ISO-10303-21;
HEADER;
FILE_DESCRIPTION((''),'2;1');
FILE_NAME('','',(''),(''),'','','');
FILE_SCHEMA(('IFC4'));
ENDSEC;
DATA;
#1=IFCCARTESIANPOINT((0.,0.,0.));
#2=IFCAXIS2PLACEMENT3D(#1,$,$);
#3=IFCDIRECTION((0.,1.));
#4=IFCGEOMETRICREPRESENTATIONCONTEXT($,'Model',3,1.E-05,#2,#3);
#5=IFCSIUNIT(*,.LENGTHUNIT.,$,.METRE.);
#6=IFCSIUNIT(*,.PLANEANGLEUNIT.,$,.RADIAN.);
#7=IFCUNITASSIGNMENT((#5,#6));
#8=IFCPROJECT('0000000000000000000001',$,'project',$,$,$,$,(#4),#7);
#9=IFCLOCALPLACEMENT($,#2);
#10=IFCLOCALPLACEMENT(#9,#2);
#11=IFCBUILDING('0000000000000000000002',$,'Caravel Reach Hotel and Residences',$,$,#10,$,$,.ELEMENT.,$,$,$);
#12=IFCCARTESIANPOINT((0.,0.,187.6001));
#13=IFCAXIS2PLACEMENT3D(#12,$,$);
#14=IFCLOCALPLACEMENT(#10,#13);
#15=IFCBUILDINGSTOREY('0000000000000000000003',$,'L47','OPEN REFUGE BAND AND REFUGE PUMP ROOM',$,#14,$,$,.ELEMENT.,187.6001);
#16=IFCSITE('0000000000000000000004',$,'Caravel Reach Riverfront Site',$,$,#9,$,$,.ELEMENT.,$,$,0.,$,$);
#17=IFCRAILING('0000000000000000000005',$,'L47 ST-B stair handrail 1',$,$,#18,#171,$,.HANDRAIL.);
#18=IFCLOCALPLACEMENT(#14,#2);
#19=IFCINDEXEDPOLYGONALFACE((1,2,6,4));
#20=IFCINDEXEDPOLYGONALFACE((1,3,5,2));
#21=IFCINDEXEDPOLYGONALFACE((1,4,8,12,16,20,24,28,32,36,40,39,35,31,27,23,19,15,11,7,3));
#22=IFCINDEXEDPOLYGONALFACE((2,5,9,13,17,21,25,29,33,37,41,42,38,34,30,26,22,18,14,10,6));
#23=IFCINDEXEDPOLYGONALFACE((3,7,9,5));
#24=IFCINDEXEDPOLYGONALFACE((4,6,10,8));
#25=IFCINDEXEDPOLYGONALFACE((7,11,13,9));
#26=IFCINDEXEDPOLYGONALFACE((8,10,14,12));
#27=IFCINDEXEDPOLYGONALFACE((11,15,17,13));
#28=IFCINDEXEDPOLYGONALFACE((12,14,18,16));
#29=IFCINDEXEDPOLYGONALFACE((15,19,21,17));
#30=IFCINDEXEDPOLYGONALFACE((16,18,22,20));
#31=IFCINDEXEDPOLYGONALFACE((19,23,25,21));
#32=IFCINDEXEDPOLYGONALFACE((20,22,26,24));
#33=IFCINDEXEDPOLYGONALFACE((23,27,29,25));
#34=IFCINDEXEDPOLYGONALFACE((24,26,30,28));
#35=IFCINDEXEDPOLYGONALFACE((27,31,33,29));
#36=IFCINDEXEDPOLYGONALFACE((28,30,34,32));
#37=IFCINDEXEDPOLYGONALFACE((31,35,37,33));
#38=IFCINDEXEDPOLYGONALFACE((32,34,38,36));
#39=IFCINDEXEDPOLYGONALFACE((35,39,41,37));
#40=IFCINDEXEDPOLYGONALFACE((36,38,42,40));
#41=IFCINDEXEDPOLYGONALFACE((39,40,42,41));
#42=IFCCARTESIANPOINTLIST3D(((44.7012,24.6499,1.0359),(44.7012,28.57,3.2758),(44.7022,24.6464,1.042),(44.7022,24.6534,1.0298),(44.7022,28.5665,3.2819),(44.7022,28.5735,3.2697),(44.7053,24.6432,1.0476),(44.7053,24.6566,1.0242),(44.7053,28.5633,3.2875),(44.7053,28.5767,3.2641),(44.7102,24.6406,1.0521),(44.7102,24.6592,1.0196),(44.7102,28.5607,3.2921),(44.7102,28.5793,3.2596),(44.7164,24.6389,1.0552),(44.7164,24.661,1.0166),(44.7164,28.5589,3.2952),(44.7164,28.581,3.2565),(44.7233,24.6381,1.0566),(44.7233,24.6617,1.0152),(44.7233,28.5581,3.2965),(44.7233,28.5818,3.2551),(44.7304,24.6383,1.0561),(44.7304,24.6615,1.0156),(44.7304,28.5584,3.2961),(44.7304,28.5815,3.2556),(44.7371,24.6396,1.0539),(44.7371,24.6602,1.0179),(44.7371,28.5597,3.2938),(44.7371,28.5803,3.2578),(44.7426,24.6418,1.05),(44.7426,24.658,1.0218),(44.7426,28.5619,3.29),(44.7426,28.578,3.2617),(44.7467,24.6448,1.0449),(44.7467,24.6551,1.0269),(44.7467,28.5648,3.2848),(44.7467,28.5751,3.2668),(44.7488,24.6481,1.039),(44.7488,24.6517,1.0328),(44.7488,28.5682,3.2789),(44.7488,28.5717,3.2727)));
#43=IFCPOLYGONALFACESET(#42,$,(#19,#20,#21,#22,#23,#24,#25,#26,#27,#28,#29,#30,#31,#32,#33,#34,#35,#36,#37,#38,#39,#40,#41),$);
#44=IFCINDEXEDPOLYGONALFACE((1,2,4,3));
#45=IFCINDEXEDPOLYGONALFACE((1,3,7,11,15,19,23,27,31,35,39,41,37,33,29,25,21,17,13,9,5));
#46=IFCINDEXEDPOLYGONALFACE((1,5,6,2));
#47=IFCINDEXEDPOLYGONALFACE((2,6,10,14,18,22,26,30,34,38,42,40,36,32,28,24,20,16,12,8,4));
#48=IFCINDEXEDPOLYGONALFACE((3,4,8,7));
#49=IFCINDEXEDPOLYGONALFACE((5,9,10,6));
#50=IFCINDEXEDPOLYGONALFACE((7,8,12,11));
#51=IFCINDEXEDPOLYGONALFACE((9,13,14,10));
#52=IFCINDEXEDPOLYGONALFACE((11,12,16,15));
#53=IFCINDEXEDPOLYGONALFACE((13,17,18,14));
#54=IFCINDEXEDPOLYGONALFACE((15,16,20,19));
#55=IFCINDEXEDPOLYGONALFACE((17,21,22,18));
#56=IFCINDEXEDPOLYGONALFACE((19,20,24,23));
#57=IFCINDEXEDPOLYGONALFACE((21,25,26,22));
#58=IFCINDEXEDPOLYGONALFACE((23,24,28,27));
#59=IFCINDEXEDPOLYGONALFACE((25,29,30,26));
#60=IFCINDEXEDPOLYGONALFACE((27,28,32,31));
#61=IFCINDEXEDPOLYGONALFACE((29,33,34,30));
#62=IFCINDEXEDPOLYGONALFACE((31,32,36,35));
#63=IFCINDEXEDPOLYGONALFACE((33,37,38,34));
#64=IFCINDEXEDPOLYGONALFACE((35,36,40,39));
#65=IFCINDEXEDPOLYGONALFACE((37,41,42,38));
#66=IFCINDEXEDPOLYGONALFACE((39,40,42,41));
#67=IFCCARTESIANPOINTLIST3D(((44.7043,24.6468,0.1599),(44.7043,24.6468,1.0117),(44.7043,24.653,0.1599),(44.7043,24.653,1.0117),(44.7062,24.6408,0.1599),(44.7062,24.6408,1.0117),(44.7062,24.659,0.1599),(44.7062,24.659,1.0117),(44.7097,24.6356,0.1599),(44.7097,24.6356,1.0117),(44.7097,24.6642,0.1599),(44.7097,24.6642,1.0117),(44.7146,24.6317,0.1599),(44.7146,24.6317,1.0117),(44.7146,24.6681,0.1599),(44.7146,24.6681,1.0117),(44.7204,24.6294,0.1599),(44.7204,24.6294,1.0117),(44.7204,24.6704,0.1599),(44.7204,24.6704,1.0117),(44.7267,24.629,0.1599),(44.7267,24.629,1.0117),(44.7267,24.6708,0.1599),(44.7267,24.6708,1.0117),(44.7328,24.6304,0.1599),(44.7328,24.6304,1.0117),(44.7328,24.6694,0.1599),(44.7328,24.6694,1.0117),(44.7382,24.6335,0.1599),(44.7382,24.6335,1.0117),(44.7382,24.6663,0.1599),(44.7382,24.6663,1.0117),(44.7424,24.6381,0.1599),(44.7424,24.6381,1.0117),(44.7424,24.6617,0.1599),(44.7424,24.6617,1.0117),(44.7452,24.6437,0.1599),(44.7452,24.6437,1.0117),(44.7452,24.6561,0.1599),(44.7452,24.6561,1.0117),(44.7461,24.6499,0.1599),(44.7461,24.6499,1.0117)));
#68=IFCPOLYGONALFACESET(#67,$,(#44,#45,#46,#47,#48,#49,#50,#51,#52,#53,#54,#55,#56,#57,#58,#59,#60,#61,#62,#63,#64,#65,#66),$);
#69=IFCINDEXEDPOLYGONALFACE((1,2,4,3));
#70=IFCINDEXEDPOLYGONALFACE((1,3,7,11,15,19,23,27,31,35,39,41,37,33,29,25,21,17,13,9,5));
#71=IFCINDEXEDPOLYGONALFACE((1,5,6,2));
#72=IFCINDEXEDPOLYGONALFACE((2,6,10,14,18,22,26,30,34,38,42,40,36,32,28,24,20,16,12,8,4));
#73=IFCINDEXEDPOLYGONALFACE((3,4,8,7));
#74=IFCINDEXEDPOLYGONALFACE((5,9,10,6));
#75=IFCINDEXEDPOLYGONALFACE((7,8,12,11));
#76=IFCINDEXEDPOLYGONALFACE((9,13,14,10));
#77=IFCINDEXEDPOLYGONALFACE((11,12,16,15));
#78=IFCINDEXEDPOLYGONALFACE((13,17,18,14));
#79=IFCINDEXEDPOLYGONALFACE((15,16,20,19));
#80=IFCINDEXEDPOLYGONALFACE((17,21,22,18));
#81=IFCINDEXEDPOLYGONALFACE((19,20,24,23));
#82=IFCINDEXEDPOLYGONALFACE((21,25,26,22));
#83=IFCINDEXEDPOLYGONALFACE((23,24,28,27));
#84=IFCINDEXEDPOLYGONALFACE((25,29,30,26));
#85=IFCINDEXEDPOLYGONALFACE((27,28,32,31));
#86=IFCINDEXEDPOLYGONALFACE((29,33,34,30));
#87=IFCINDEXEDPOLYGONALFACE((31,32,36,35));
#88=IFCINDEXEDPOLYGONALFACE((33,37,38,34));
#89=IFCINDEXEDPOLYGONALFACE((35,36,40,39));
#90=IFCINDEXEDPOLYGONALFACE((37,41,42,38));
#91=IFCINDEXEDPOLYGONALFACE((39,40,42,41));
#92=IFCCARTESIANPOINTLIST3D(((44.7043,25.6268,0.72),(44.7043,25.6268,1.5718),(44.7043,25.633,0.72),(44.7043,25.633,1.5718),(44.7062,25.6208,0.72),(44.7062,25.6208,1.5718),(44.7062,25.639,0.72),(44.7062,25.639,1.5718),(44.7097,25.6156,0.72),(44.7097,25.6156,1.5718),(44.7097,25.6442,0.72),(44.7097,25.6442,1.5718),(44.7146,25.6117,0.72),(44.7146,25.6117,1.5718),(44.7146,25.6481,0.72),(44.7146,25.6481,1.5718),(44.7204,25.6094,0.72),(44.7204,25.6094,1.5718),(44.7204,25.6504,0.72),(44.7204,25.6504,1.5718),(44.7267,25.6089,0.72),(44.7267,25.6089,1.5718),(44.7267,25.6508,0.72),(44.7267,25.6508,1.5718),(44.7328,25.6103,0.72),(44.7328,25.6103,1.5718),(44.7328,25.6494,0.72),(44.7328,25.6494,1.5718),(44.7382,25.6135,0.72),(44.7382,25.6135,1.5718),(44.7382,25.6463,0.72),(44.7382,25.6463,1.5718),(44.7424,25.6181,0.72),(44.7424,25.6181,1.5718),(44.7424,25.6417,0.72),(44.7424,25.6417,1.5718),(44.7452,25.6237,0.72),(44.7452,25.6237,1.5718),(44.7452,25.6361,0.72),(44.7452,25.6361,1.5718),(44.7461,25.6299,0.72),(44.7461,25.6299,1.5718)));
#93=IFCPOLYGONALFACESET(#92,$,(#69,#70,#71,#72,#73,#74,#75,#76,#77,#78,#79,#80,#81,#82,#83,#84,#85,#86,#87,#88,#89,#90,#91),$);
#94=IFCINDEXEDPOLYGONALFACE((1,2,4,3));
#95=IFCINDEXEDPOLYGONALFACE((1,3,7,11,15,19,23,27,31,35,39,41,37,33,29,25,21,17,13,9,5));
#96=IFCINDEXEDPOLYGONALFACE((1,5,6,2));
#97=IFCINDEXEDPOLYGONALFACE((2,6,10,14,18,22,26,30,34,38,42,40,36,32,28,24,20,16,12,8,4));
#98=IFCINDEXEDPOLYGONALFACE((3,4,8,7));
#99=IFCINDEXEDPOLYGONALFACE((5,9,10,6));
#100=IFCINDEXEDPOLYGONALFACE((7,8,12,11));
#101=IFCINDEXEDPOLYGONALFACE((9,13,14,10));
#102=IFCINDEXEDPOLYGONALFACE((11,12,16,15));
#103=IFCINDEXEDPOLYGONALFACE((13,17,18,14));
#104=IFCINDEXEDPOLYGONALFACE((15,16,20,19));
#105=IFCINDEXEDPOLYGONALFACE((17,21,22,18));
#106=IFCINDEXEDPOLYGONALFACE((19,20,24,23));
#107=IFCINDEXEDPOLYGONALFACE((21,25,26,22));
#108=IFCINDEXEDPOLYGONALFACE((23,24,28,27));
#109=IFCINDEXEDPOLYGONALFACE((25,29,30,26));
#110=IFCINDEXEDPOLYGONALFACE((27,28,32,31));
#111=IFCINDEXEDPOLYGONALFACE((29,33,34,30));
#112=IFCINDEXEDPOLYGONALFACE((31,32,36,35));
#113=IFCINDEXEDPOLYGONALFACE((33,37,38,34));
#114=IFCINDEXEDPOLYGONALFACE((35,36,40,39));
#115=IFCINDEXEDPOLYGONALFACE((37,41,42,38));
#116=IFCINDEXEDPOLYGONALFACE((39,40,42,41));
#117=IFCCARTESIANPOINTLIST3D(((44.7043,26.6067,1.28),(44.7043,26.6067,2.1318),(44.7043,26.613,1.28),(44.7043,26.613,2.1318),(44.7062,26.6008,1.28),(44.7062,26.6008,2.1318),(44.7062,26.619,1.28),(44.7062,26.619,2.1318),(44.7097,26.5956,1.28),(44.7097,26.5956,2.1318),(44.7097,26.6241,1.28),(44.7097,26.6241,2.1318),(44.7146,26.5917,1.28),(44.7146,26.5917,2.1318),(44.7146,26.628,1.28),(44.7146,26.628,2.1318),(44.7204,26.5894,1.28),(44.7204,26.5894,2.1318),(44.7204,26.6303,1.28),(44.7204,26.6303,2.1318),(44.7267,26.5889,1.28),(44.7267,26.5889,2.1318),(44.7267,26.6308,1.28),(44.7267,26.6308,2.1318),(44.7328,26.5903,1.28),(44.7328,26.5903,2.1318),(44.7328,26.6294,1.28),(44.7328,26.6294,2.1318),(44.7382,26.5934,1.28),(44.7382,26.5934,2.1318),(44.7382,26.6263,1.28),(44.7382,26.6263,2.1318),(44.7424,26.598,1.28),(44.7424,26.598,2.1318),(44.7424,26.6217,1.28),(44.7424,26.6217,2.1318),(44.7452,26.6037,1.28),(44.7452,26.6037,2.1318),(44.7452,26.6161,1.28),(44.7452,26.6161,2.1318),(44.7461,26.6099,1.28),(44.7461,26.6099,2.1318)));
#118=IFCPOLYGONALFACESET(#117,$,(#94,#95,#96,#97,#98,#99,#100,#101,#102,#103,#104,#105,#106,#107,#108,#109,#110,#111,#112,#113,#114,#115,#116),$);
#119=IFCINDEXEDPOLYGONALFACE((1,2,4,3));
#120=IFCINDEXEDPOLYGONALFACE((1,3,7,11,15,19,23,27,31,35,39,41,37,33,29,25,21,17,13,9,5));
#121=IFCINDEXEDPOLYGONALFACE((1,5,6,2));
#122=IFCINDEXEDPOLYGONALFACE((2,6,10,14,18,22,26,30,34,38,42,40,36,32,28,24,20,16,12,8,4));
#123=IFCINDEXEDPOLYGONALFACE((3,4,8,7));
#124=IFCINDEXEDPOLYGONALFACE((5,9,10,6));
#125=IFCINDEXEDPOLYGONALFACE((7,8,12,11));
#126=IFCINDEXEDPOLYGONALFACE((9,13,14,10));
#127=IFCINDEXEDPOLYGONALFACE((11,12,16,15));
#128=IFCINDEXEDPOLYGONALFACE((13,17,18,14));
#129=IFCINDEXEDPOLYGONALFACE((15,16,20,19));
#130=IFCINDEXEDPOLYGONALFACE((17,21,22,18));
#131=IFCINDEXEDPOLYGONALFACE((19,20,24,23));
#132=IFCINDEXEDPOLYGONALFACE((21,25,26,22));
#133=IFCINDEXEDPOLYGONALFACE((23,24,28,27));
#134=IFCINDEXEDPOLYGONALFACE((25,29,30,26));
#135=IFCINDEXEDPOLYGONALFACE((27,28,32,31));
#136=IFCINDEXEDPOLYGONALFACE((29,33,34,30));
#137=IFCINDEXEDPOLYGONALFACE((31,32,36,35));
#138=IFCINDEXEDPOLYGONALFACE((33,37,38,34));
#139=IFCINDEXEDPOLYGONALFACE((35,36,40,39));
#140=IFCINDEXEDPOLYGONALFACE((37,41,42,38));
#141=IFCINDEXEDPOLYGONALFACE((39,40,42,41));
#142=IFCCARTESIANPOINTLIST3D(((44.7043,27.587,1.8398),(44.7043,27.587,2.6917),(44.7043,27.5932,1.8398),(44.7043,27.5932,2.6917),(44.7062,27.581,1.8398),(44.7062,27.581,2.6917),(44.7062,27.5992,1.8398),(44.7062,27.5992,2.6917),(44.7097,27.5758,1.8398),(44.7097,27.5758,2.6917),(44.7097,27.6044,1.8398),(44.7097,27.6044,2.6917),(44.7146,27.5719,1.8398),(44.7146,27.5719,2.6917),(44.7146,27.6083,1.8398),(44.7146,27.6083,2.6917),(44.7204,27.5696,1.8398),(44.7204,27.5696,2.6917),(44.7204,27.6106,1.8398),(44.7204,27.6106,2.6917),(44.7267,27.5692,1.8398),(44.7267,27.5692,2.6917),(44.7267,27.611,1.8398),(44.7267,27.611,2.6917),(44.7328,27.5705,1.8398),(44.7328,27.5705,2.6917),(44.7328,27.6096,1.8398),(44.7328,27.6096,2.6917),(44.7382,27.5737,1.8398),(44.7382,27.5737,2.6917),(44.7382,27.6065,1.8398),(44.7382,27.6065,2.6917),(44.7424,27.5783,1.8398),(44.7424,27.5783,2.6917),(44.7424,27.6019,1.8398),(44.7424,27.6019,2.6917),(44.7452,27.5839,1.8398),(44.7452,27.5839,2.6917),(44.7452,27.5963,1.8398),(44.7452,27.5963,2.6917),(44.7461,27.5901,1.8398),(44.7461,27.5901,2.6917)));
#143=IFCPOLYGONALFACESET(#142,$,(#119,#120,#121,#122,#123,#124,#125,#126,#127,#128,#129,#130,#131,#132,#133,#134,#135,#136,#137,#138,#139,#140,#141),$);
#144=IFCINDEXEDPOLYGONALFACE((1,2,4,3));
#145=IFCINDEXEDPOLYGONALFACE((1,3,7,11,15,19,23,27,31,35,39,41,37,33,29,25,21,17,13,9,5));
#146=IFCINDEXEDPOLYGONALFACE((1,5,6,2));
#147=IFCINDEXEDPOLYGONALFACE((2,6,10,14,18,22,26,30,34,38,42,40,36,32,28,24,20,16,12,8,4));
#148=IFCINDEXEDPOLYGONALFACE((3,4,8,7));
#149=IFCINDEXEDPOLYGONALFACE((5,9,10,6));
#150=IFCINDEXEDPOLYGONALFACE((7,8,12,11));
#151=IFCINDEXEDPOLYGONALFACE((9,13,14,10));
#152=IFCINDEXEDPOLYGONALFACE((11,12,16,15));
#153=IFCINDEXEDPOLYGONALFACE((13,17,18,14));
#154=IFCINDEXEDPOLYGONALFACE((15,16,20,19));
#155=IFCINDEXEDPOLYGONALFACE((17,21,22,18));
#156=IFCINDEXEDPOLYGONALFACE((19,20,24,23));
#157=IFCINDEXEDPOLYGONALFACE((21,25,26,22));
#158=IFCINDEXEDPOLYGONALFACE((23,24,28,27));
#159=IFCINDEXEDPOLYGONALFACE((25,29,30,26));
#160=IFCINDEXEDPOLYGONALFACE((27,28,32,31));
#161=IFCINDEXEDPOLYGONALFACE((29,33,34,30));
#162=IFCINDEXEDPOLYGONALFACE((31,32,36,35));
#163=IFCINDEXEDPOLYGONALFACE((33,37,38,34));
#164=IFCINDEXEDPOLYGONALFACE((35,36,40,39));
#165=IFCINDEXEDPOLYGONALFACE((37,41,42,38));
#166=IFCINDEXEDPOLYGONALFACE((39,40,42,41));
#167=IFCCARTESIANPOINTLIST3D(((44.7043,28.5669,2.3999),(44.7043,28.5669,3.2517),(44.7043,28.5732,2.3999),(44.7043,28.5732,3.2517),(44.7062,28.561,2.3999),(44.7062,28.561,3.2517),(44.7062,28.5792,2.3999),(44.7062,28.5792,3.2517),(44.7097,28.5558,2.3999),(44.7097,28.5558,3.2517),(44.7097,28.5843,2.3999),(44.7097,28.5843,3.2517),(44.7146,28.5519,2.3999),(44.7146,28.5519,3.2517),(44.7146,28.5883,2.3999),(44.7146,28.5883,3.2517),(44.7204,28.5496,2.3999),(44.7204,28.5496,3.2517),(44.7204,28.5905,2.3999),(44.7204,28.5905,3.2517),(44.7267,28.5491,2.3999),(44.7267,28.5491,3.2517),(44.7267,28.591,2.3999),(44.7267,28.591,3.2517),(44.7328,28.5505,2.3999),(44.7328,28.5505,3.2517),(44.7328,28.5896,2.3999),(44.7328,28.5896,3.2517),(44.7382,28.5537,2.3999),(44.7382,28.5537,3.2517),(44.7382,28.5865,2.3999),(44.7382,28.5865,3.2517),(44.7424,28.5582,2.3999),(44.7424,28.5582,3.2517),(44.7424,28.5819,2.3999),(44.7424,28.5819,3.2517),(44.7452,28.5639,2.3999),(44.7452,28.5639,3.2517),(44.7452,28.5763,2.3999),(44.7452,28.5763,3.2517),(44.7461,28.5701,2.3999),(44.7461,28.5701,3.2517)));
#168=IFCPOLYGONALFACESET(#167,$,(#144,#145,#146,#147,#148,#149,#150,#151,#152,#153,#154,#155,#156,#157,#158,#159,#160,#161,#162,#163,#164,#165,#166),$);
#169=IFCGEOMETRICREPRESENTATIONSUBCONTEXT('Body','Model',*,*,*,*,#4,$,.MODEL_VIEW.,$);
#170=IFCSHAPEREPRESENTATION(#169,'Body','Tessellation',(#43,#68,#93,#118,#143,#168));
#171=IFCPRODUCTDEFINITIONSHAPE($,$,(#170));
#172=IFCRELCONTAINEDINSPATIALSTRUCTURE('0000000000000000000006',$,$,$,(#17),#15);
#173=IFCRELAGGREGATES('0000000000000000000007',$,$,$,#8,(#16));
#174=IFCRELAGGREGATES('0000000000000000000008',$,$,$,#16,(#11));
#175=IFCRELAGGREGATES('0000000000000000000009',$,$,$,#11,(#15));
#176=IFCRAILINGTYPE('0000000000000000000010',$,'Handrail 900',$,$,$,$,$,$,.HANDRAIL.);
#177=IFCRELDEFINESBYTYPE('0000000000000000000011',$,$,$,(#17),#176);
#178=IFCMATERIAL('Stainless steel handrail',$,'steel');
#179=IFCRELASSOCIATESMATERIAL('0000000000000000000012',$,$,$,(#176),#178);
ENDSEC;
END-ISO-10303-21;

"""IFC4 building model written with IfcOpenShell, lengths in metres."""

from ifc_helpers import new_model, si_unit, direction, frame, origin, origin_2d, place, context, subcontext, project, spatial, circle, extrude, material, type_object, element, save


model = new_model("IFC4")

# Units and contexts
model_context = context("Model", 3, precision=1e-05, world=origin(), true_north=direction((0.0, 1.0)))
body_context = subcontext(model_context, "Body", "Model", "MODEL_VIEW")
ifc_project = project(units=[si_unit("LENGTHUNIT", "METRE"), si_unit("PLANEANGLEUNIT", "RADIAN")], contexts=[model_context])

# Site, building, storey
site_placement = place(None, origin())
site = spatial("IfcSite", under=ifc_project, at=site_placement, Name="Caravel Reach Riverfront Site", CompositionType="ELEMENT", RefElevation=0.0)
building_placement = place(site_placement, origin())
building = spatial("IfcBuilding", under=site, at=building_placement, Name="Caravel Reach Hotel and Residences", CompositionType="ELEMENT")
storey_placement = place(building_placement, frame((0.0, 0.0, 187.6001)))
storey = spatial("IfcBuildingStorey", under=building, at=storey_placement, Name="L47", Description="OPEN REFUGE BAND AND REFUGE PUMP ROOM", CompositionType="ELEMENT", Elevation=187.6001)

# Railing
ifc_material_1 = material(Name="Stainless steel handrail", Category="steel")
railing_type_1 = type_object("IfcRailingType", Name="Handrail 900", PredefinedType="HANDRAIL", material=ifc_material_1)
railing_1_placement = place(storey_placement, frame((44.7251, 24.6499, 0.1599)))
element("IfcRailing", 1, at=railing_1_placement, inside=storey, type_object=railing_type_1, Name="L47 ST-B stair handrail 1", PredefinedType="HANDRAIL", context=body_context, shape_type="SweptSolid", body=[
    extrude(circle(Radius=0.0239, at=origin_2d()), frame((0.0, 0.0, 0.876), z_axis=(0.0, 0.868253, 0.496121), x_axis=(-1.0, 0.0, 0.0)), (0.0, 0.0, 1.0), 4.5149),
    extrude(circle(Radius=0.021, at=origin_2d()), origin(), (0.0, 0.0, 1.0), 0.8518),
    extrude(circle(Radius=0.021, at=origin_2d()), frame((0.0, 0.98, 0.5601)), (0.0, 0.0, 1.0), 0.8518),
    extrude(circle(Radius=0.021, at=origin_2d()), frame((0.0, 1.96, 1.1201)), (0.0, 0.0, 1.0), 0.8518),
    extrude(circle(Radius=0.021, at=origin_2d()), frame((0.0, 2.9402, 1.6799)), (0.0, 0.0, 1.0), 0.8518),
    extrude(circle(Radius=0.021, at=origin_2d()), frame((0.0, 3.9202, 2.24)), (0.0, 0.0, 1.0), 0.8518),
])

save(model, "model.ifc")
